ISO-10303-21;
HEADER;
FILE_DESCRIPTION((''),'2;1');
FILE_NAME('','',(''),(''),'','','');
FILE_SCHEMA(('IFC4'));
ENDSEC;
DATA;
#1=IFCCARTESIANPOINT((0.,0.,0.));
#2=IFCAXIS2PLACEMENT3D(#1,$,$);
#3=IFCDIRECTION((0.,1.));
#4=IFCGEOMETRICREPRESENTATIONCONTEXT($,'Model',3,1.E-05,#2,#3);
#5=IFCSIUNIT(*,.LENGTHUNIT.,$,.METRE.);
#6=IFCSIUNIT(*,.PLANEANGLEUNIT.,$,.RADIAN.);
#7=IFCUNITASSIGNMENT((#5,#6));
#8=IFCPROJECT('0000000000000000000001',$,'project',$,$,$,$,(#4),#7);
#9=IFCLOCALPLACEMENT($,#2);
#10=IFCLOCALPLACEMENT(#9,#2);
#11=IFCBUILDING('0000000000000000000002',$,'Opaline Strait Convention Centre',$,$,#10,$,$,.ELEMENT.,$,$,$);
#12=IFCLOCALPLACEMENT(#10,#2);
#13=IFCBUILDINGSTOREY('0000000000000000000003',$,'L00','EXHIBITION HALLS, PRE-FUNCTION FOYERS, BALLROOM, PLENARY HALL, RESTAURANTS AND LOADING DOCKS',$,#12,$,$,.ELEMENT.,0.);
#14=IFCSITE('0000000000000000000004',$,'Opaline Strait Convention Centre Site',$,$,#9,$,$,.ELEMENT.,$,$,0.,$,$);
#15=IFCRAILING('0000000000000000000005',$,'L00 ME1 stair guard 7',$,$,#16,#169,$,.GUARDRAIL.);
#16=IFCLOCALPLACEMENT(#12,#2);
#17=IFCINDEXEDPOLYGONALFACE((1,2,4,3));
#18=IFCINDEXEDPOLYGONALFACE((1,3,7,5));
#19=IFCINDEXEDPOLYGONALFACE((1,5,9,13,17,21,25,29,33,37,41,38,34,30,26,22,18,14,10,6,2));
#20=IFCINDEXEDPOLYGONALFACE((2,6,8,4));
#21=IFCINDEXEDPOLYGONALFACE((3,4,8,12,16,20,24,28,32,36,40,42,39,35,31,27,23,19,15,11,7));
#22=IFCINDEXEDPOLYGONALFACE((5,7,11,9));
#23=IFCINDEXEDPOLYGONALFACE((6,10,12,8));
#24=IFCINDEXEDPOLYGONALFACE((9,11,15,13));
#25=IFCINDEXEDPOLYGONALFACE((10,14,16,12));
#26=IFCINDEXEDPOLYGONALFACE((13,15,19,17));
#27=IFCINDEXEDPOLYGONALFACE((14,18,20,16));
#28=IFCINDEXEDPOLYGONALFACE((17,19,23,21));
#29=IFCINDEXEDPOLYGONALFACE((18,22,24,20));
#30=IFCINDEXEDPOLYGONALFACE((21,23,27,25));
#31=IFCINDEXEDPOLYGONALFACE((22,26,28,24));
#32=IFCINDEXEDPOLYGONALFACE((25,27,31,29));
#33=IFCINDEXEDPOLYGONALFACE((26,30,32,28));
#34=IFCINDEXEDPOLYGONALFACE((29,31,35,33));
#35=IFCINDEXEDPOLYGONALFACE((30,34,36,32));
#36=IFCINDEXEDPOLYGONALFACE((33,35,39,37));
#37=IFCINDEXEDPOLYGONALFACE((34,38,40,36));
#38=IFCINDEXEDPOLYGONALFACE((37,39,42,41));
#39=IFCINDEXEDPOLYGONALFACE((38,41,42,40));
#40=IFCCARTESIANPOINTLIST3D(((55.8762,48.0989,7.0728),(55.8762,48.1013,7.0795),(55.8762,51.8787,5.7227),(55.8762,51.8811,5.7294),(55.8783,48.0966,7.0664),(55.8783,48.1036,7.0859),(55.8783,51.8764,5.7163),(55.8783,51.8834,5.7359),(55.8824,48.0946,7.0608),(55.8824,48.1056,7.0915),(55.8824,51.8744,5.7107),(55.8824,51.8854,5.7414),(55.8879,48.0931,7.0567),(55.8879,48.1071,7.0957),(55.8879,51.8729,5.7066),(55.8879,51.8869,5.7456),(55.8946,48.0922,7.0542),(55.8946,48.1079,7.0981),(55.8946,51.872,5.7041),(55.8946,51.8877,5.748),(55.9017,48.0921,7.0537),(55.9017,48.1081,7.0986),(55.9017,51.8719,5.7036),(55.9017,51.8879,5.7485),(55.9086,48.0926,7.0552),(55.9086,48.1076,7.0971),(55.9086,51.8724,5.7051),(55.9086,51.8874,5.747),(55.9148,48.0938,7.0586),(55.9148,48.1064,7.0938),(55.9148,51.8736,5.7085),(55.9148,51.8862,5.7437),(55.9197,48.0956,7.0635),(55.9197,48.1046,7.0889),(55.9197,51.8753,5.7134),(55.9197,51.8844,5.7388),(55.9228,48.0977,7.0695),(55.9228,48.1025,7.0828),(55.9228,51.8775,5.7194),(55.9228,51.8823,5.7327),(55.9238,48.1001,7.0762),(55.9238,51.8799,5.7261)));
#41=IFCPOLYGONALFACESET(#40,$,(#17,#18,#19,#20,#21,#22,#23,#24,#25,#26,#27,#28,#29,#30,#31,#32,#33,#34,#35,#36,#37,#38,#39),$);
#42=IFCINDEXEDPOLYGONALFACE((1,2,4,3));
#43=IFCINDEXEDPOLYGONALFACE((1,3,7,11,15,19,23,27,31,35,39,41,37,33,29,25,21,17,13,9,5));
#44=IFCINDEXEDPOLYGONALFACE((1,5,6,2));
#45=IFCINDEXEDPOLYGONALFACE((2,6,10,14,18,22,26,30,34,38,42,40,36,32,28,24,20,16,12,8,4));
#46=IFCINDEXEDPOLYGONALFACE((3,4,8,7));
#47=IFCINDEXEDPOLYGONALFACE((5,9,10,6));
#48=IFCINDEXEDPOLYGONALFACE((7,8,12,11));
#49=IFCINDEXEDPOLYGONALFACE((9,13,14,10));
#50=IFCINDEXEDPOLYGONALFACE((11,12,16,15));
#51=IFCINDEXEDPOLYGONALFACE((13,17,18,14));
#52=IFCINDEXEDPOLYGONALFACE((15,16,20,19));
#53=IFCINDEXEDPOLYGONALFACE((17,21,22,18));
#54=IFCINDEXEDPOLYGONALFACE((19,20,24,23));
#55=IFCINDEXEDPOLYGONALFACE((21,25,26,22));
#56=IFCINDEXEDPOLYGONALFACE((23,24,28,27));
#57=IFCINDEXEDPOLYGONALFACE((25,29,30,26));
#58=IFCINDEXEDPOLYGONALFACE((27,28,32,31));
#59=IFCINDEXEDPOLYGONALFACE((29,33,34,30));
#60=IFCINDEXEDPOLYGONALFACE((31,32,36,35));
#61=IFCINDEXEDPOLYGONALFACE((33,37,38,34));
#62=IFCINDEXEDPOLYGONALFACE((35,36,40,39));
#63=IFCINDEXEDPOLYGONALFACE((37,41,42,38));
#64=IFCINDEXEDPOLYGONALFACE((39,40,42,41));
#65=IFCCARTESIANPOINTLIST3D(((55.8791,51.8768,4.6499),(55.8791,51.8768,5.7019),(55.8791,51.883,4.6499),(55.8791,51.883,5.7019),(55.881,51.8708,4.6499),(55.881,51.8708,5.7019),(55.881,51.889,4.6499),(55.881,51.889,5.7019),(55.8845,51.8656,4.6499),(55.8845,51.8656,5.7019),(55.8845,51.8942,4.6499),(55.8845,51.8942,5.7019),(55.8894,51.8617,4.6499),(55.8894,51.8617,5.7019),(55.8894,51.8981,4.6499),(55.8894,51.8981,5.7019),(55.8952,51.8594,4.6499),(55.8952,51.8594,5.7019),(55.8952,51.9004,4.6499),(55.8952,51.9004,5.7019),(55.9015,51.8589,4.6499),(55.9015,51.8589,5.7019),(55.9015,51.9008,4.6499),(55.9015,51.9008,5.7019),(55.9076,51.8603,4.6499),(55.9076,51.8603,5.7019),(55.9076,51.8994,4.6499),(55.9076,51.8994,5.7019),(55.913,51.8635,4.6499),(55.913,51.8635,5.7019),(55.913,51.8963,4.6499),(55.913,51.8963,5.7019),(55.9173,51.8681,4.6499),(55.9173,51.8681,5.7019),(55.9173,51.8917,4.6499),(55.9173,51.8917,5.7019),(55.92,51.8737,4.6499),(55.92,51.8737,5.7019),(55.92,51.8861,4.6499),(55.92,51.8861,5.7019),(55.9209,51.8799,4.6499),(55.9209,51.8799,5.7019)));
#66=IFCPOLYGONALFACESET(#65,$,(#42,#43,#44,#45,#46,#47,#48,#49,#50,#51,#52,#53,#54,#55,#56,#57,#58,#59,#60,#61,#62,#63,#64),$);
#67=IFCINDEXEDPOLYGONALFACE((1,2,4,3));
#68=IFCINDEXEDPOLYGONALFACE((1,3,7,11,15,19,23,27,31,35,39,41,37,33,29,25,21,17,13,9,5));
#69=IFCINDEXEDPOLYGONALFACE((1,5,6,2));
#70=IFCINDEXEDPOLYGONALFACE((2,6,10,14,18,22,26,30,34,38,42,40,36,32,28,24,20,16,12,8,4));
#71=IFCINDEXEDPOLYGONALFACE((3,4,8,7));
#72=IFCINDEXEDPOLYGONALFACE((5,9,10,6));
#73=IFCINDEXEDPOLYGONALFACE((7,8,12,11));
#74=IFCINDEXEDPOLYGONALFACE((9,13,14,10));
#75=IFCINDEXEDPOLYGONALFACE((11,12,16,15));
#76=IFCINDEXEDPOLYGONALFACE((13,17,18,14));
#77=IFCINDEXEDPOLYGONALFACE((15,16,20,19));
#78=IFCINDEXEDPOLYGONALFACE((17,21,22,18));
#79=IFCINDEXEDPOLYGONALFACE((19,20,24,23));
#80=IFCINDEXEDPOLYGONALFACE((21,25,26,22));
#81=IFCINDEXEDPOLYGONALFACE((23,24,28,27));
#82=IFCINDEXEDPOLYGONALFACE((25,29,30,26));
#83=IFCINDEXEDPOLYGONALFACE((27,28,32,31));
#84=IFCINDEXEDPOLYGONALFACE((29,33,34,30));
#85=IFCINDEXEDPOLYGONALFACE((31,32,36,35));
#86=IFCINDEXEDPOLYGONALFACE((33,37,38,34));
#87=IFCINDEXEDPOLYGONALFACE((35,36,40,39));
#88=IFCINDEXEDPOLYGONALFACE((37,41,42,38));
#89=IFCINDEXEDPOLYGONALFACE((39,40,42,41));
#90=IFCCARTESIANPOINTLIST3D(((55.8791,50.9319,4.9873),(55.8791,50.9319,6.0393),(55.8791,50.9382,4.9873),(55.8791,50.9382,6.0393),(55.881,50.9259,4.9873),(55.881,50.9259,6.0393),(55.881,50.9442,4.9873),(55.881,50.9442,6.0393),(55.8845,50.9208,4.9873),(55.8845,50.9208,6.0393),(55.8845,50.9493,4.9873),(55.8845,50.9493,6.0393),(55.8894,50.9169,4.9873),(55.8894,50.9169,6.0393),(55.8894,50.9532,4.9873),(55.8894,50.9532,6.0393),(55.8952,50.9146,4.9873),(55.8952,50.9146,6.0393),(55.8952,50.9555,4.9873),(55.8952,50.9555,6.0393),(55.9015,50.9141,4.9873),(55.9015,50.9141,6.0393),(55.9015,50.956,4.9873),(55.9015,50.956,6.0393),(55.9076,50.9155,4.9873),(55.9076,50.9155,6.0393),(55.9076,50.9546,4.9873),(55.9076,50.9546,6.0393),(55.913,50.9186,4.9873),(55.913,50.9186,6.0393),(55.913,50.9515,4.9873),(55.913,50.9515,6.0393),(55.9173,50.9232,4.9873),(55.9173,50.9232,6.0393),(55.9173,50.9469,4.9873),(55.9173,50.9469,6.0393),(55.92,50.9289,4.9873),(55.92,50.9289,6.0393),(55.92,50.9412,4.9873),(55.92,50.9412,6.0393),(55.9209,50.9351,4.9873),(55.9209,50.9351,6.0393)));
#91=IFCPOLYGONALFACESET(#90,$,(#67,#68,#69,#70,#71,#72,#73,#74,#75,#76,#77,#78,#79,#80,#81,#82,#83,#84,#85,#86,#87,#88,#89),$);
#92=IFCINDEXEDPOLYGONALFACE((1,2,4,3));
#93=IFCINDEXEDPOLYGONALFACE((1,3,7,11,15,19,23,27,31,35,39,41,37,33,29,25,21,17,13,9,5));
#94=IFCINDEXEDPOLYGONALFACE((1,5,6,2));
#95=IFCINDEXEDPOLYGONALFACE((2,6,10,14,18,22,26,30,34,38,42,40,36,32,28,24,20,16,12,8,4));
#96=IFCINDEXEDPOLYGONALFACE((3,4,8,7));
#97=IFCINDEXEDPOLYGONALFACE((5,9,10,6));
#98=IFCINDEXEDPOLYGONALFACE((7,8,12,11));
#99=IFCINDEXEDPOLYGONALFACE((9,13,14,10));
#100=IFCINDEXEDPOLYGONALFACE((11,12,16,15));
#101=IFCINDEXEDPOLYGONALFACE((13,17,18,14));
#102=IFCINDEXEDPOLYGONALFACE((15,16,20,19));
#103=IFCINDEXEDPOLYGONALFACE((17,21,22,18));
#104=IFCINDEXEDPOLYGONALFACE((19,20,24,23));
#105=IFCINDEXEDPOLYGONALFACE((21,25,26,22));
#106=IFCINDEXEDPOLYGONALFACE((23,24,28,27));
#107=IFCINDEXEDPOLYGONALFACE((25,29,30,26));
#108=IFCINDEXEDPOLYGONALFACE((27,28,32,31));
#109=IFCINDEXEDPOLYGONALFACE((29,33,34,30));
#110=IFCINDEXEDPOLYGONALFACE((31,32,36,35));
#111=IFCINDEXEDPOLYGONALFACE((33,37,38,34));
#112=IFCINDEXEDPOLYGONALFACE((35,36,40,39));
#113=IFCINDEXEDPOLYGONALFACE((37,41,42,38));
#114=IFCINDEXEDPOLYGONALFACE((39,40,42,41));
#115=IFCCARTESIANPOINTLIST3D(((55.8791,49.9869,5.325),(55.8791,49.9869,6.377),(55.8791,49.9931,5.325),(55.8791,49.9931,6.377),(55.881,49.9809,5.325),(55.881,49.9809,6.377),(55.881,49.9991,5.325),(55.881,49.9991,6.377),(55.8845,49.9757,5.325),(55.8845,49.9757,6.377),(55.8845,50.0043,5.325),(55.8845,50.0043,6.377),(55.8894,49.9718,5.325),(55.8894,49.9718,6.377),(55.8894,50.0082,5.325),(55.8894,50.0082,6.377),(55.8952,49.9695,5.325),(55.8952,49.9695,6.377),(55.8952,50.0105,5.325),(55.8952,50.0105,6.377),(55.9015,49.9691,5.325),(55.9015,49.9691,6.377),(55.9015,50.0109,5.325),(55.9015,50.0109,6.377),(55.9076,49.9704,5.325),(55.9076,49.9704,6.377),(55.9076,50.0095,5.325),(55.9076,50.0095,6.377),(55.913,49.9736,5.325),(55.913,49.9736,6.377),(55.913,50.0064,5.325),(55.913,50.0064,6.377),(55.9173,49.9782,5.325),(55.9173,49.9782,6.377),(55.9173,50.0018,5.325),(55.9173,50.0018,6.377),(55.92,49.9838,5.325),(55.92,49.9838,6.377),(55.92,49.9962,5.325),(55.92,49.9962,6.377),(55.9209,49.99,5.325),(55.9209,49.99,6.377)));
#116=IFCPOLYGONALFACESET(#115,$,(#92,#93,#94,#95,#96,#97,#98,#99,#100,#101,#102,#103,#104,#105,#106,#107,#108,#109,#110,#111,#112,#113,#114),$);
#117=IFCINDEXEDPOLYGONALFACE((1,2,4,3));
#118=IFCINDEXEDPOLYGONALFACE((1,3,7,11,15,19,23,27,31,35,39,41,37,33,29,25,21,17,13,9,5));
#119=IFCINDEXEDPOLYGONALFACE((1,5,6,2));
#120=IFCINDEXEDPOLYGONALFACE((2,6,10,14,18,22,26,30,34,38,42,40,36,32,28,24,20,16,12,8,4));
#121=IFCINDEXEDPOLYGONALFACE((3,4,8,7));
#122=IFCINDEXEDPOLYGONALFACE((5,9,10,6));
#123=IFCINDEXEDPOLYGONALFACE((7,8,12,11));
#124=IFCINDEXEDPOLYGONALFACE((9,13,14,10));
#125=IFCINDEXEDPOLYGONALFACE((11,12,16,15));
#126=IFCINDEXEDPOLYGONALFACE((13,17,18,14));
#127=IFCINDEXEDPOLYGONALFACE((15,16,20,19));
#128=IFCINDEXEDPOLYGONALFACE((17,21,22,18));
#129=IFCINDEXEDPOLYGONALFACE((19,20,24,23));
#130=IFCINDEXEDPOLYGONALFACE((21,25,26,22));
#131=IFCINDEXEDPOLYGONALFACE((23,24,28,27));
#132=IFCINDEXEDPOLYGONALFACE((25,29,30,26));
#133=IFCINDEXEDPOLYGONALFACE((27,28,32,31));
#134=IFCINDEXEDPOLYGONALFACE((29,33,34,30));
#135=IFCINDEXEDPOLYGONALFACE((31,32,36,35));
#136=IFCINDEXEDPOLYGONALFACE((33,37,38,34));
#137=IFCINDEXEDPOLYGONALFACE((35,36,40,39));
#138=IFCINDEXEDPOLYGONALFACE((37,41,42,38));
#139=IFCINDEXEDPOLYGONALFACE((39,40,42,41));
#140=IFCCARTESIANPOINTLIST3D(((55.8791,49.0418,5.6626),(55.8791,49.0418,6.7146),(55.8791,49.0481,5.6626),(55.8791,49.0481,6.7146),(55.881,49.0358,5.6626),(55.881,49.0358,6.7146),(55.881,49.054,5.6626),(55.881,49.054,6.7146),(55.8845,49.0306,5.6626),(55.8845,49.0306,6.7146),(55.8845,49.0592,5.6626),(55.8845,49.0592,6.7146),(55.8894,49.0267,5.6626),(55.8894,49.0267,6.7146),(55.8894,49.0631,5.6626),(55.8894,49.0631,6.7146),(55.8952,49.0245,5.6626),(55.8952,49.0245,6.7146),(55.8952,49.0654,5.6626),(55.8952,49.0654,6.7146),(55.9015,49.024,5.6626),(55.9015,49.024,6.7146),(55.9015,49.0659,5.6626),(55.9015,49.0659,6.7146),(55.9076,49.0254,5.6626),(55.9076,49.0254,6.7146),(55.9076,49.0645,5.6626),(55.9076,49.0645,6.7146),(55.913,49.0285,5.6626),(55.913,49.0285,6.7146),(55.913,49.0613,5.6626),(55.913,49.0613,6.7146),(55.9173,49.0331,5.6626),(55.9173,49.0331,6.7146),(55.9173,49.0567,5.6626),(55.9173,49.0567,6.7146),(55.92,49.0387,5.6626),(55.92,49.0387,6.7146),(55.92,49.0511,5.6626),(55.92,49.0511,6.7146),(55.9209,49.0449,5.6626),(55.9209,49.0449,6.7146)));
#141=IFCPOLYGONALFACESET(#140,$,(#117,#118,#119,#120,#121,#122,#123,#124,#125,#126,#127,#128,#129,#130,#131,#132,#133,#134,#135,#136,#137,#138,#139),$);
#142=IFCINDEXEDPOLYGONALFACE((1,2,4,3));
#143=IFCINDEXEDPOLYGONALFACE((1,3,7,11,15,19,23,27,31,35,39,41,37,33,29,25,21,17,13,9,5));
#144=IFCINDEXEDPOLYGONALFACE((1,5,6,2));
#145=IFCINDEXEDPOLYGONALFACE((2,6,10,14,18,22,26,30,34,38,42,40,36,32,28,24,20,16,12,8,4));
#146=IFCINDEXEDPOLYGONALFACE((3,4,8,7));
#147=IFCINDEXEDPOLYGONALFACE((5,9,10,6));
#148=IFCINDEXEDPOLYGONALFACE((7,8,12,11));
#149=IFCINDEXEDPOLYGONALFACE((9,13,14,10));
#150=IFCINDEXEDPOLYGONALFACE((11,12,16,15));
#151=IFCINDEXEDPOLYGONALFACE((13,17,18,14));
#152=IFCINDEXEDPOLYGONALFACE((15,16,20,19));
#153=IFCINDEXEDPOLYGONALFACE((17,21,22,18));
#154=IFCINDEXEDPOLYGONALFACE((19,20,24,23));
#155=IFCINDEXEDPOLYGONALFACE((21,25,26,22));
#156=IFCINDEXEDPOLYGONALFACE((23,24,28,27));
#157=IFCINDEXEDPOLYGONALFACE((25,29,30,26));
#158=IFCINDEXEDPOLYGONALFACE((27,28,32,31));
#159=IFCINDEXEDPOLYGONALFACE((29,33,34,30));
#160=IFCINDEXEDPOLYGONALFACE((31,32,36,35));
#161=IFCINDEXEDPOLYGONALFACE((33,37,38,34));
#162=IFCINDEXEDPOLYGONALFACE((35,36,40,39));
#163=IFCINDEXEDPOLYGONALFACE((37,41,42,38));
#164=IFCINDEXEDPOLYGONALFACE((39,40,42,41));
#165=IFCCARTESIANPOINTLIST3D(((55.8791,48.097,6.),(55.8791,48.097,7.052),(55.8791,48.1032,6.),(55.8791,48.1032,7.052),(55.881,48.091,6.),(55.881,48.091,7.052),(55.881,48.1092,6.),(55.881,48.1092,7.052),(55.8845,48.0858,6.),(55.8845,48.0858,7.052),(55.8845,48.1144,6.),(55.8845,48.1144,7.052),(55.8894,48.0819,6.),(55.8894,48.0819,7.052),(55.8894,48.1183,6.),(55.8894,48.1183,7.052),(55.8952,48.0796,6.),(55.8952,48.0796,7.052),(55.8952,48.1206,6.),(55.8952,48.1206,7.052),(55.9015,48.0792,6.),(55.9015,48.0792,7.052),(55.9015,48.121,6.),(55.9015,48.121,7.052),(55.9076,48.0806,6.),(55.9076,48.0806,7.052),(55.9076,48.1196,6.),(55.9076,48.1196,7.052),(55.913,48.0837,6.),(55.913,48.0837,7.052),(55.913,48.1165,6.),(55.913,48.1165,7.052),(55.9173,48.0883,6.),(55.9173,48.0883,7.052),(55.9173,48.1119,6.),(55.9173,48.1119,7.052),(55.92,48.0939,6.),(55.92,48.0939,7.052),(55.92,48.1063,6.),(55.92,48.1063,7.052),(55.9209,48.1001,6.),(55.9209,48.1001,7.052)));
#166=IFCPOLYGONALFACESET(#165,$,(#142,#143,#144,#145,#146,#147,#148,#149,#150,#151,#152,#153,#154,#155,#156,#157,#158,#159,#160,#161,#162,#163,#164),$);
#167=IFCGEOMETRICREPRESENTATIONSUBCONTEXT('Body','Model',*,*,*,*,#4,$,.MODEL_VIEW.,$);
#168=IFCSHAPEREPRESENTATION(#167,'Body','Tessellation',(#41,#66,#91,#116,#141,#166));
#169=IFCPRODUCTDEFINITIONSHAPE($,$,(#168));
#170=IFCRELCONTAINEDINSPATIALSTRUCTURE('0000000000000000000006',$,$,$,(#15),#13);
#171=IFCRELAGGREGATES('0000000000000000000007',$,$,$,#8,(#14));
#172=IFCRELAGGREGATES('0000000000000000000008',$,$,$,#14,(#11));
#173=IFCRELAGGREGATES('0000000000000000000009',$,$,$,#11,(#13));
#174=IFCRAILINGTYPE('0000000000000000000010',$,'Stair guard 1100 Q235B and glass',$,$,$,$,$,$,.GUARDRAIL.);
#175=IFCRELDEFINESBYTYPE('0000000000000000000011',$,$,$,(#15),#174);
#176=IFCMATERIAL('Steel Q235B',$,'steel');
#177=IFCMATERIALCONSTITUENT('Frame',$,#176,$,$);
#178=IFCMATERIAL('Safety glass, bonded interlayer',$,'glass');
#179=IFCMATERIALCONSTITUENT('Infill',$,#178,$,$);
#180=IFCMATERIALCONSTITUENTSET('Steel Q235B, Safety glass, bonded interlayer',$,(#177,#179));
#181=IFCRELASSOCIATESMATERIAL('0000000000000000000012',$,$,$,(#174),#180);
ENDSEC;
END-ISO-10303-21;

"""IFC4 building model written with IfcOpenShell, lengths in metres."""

from ifc_helpers import new_model, si_unit, direction, frame, origin, origin_2d, place, context, subcontext, project, spatial, circle, extrude, material, constituent, constituent_set, type_object, element, save


model = new_model("IFC4")

# Units and contexts
model_context = context("Model", 3, precision=1e-05, world=origin(), true_north=direction((0.0, 1.0)))
body_context = subcontext(model_context, "Body", "Model", "MODEL_VIEW")
ifc_project = project(units=[si_unit("LENGTHUNIT", "METRE"), si_unit("PLANEANGLEUNIT", "RADIAN")], contexts=[model_context])

# Site, building, storey
site_placement = place(None, origin())
site = spatial("IfcSite", under=ifc_project, at=site_placement, Name="Opaline Strait Convention Centre Site", CompositionType="ELEMENT", RefElevation=0.0)
building_placement = place(site_placement, origin())
building = spatial("IfcBuilding", under=site, at=building_placement, Name="Opaline Strait Convention Centre", CompositionType="ELEMENT")
storey_placement = place(building_placement, origin())
storey = spatial("IfcBuildingStorey", under=building, at=storey_placement, Name="L00", Description="EXHIBITION HALLS, PRE-FUNCTION FOYERS, BALLROOM, PLENARY HALL, RESTAURANTS AND LOADING DOCKS", CompositionType="ELEMENT", Elevation=0.0)

# Railing
ifc_material_1 = material(Name="Steel Q235B", Category="steel")
ifc_constituent_1 = constituent(ifc_material_1, Name="Frame")
ifc_material_2 = material(Name="Safety glass, bonded interlayer", Category="glass")
ifc_constituent_2 = constituent(ifc_material_2, Name="Infill")
ifc_constituent_set = constituent_set(constituents=[ifc_constituent_1, ifc_constituent_2], Name="Steel Q235B, Safety glass, bonded interlayer")
railing_type_1 = type_object("IfcRailingType", Name="Stair guard 1100 Q235B and glass", PredefinedType="GUARDRAIL", material=ifc_constituent_set)
railing_1_placement = place(storey_placement, frame((55.8999, 51.8799, 4.6499)))
element("IfcRailing", 1, at=railing_1_placement, inside=storey, type_object=railing_type_1, Name="L00 ME1 stair guard 7", PredefinedType="GUARDRAIL", context=body_context, shape_type="SweptSolid", body=[
    extrude(circle(Radius=0.0239, at=origin_2d()), frame((0.0, 0.0, 1.0762), z_axis=(0.0, -0.941728, 0.336375), x_axis=(1.0, 0.0, 0.0)), (0.0, 0.0, 1.0), 4.0137),
    extrude(circle(Radius=0.021, at=origin_2d()), origin(), (0.0, 0.0, 1.0), 1.052),
    extrude(circle(Radius=0.021, at=origin_2d()), frame((0.0, -0.9448, 0.3374)), (0.0, 0.0, 1.0), 1.052),
    extrude(circle(Radius=0.021, at=origin_2d()), frame((0.0, -1.8899, 0.675)), (0.0, 0.0, 1.0), 1.052),
    extrude(circle(Radius=0.021, at=origin_2d()), frame((0.0, -2.835, 1.0127)), (0.0, 0.0, 1.0), 1.052),
    extrude(circle(Radius=0.021, at=origin_2d()), frame((0.0, -3.7798, 1.3501)), (0.0, 0.0, 1.0), 1.052),
])

save(model, "model.ifc")
